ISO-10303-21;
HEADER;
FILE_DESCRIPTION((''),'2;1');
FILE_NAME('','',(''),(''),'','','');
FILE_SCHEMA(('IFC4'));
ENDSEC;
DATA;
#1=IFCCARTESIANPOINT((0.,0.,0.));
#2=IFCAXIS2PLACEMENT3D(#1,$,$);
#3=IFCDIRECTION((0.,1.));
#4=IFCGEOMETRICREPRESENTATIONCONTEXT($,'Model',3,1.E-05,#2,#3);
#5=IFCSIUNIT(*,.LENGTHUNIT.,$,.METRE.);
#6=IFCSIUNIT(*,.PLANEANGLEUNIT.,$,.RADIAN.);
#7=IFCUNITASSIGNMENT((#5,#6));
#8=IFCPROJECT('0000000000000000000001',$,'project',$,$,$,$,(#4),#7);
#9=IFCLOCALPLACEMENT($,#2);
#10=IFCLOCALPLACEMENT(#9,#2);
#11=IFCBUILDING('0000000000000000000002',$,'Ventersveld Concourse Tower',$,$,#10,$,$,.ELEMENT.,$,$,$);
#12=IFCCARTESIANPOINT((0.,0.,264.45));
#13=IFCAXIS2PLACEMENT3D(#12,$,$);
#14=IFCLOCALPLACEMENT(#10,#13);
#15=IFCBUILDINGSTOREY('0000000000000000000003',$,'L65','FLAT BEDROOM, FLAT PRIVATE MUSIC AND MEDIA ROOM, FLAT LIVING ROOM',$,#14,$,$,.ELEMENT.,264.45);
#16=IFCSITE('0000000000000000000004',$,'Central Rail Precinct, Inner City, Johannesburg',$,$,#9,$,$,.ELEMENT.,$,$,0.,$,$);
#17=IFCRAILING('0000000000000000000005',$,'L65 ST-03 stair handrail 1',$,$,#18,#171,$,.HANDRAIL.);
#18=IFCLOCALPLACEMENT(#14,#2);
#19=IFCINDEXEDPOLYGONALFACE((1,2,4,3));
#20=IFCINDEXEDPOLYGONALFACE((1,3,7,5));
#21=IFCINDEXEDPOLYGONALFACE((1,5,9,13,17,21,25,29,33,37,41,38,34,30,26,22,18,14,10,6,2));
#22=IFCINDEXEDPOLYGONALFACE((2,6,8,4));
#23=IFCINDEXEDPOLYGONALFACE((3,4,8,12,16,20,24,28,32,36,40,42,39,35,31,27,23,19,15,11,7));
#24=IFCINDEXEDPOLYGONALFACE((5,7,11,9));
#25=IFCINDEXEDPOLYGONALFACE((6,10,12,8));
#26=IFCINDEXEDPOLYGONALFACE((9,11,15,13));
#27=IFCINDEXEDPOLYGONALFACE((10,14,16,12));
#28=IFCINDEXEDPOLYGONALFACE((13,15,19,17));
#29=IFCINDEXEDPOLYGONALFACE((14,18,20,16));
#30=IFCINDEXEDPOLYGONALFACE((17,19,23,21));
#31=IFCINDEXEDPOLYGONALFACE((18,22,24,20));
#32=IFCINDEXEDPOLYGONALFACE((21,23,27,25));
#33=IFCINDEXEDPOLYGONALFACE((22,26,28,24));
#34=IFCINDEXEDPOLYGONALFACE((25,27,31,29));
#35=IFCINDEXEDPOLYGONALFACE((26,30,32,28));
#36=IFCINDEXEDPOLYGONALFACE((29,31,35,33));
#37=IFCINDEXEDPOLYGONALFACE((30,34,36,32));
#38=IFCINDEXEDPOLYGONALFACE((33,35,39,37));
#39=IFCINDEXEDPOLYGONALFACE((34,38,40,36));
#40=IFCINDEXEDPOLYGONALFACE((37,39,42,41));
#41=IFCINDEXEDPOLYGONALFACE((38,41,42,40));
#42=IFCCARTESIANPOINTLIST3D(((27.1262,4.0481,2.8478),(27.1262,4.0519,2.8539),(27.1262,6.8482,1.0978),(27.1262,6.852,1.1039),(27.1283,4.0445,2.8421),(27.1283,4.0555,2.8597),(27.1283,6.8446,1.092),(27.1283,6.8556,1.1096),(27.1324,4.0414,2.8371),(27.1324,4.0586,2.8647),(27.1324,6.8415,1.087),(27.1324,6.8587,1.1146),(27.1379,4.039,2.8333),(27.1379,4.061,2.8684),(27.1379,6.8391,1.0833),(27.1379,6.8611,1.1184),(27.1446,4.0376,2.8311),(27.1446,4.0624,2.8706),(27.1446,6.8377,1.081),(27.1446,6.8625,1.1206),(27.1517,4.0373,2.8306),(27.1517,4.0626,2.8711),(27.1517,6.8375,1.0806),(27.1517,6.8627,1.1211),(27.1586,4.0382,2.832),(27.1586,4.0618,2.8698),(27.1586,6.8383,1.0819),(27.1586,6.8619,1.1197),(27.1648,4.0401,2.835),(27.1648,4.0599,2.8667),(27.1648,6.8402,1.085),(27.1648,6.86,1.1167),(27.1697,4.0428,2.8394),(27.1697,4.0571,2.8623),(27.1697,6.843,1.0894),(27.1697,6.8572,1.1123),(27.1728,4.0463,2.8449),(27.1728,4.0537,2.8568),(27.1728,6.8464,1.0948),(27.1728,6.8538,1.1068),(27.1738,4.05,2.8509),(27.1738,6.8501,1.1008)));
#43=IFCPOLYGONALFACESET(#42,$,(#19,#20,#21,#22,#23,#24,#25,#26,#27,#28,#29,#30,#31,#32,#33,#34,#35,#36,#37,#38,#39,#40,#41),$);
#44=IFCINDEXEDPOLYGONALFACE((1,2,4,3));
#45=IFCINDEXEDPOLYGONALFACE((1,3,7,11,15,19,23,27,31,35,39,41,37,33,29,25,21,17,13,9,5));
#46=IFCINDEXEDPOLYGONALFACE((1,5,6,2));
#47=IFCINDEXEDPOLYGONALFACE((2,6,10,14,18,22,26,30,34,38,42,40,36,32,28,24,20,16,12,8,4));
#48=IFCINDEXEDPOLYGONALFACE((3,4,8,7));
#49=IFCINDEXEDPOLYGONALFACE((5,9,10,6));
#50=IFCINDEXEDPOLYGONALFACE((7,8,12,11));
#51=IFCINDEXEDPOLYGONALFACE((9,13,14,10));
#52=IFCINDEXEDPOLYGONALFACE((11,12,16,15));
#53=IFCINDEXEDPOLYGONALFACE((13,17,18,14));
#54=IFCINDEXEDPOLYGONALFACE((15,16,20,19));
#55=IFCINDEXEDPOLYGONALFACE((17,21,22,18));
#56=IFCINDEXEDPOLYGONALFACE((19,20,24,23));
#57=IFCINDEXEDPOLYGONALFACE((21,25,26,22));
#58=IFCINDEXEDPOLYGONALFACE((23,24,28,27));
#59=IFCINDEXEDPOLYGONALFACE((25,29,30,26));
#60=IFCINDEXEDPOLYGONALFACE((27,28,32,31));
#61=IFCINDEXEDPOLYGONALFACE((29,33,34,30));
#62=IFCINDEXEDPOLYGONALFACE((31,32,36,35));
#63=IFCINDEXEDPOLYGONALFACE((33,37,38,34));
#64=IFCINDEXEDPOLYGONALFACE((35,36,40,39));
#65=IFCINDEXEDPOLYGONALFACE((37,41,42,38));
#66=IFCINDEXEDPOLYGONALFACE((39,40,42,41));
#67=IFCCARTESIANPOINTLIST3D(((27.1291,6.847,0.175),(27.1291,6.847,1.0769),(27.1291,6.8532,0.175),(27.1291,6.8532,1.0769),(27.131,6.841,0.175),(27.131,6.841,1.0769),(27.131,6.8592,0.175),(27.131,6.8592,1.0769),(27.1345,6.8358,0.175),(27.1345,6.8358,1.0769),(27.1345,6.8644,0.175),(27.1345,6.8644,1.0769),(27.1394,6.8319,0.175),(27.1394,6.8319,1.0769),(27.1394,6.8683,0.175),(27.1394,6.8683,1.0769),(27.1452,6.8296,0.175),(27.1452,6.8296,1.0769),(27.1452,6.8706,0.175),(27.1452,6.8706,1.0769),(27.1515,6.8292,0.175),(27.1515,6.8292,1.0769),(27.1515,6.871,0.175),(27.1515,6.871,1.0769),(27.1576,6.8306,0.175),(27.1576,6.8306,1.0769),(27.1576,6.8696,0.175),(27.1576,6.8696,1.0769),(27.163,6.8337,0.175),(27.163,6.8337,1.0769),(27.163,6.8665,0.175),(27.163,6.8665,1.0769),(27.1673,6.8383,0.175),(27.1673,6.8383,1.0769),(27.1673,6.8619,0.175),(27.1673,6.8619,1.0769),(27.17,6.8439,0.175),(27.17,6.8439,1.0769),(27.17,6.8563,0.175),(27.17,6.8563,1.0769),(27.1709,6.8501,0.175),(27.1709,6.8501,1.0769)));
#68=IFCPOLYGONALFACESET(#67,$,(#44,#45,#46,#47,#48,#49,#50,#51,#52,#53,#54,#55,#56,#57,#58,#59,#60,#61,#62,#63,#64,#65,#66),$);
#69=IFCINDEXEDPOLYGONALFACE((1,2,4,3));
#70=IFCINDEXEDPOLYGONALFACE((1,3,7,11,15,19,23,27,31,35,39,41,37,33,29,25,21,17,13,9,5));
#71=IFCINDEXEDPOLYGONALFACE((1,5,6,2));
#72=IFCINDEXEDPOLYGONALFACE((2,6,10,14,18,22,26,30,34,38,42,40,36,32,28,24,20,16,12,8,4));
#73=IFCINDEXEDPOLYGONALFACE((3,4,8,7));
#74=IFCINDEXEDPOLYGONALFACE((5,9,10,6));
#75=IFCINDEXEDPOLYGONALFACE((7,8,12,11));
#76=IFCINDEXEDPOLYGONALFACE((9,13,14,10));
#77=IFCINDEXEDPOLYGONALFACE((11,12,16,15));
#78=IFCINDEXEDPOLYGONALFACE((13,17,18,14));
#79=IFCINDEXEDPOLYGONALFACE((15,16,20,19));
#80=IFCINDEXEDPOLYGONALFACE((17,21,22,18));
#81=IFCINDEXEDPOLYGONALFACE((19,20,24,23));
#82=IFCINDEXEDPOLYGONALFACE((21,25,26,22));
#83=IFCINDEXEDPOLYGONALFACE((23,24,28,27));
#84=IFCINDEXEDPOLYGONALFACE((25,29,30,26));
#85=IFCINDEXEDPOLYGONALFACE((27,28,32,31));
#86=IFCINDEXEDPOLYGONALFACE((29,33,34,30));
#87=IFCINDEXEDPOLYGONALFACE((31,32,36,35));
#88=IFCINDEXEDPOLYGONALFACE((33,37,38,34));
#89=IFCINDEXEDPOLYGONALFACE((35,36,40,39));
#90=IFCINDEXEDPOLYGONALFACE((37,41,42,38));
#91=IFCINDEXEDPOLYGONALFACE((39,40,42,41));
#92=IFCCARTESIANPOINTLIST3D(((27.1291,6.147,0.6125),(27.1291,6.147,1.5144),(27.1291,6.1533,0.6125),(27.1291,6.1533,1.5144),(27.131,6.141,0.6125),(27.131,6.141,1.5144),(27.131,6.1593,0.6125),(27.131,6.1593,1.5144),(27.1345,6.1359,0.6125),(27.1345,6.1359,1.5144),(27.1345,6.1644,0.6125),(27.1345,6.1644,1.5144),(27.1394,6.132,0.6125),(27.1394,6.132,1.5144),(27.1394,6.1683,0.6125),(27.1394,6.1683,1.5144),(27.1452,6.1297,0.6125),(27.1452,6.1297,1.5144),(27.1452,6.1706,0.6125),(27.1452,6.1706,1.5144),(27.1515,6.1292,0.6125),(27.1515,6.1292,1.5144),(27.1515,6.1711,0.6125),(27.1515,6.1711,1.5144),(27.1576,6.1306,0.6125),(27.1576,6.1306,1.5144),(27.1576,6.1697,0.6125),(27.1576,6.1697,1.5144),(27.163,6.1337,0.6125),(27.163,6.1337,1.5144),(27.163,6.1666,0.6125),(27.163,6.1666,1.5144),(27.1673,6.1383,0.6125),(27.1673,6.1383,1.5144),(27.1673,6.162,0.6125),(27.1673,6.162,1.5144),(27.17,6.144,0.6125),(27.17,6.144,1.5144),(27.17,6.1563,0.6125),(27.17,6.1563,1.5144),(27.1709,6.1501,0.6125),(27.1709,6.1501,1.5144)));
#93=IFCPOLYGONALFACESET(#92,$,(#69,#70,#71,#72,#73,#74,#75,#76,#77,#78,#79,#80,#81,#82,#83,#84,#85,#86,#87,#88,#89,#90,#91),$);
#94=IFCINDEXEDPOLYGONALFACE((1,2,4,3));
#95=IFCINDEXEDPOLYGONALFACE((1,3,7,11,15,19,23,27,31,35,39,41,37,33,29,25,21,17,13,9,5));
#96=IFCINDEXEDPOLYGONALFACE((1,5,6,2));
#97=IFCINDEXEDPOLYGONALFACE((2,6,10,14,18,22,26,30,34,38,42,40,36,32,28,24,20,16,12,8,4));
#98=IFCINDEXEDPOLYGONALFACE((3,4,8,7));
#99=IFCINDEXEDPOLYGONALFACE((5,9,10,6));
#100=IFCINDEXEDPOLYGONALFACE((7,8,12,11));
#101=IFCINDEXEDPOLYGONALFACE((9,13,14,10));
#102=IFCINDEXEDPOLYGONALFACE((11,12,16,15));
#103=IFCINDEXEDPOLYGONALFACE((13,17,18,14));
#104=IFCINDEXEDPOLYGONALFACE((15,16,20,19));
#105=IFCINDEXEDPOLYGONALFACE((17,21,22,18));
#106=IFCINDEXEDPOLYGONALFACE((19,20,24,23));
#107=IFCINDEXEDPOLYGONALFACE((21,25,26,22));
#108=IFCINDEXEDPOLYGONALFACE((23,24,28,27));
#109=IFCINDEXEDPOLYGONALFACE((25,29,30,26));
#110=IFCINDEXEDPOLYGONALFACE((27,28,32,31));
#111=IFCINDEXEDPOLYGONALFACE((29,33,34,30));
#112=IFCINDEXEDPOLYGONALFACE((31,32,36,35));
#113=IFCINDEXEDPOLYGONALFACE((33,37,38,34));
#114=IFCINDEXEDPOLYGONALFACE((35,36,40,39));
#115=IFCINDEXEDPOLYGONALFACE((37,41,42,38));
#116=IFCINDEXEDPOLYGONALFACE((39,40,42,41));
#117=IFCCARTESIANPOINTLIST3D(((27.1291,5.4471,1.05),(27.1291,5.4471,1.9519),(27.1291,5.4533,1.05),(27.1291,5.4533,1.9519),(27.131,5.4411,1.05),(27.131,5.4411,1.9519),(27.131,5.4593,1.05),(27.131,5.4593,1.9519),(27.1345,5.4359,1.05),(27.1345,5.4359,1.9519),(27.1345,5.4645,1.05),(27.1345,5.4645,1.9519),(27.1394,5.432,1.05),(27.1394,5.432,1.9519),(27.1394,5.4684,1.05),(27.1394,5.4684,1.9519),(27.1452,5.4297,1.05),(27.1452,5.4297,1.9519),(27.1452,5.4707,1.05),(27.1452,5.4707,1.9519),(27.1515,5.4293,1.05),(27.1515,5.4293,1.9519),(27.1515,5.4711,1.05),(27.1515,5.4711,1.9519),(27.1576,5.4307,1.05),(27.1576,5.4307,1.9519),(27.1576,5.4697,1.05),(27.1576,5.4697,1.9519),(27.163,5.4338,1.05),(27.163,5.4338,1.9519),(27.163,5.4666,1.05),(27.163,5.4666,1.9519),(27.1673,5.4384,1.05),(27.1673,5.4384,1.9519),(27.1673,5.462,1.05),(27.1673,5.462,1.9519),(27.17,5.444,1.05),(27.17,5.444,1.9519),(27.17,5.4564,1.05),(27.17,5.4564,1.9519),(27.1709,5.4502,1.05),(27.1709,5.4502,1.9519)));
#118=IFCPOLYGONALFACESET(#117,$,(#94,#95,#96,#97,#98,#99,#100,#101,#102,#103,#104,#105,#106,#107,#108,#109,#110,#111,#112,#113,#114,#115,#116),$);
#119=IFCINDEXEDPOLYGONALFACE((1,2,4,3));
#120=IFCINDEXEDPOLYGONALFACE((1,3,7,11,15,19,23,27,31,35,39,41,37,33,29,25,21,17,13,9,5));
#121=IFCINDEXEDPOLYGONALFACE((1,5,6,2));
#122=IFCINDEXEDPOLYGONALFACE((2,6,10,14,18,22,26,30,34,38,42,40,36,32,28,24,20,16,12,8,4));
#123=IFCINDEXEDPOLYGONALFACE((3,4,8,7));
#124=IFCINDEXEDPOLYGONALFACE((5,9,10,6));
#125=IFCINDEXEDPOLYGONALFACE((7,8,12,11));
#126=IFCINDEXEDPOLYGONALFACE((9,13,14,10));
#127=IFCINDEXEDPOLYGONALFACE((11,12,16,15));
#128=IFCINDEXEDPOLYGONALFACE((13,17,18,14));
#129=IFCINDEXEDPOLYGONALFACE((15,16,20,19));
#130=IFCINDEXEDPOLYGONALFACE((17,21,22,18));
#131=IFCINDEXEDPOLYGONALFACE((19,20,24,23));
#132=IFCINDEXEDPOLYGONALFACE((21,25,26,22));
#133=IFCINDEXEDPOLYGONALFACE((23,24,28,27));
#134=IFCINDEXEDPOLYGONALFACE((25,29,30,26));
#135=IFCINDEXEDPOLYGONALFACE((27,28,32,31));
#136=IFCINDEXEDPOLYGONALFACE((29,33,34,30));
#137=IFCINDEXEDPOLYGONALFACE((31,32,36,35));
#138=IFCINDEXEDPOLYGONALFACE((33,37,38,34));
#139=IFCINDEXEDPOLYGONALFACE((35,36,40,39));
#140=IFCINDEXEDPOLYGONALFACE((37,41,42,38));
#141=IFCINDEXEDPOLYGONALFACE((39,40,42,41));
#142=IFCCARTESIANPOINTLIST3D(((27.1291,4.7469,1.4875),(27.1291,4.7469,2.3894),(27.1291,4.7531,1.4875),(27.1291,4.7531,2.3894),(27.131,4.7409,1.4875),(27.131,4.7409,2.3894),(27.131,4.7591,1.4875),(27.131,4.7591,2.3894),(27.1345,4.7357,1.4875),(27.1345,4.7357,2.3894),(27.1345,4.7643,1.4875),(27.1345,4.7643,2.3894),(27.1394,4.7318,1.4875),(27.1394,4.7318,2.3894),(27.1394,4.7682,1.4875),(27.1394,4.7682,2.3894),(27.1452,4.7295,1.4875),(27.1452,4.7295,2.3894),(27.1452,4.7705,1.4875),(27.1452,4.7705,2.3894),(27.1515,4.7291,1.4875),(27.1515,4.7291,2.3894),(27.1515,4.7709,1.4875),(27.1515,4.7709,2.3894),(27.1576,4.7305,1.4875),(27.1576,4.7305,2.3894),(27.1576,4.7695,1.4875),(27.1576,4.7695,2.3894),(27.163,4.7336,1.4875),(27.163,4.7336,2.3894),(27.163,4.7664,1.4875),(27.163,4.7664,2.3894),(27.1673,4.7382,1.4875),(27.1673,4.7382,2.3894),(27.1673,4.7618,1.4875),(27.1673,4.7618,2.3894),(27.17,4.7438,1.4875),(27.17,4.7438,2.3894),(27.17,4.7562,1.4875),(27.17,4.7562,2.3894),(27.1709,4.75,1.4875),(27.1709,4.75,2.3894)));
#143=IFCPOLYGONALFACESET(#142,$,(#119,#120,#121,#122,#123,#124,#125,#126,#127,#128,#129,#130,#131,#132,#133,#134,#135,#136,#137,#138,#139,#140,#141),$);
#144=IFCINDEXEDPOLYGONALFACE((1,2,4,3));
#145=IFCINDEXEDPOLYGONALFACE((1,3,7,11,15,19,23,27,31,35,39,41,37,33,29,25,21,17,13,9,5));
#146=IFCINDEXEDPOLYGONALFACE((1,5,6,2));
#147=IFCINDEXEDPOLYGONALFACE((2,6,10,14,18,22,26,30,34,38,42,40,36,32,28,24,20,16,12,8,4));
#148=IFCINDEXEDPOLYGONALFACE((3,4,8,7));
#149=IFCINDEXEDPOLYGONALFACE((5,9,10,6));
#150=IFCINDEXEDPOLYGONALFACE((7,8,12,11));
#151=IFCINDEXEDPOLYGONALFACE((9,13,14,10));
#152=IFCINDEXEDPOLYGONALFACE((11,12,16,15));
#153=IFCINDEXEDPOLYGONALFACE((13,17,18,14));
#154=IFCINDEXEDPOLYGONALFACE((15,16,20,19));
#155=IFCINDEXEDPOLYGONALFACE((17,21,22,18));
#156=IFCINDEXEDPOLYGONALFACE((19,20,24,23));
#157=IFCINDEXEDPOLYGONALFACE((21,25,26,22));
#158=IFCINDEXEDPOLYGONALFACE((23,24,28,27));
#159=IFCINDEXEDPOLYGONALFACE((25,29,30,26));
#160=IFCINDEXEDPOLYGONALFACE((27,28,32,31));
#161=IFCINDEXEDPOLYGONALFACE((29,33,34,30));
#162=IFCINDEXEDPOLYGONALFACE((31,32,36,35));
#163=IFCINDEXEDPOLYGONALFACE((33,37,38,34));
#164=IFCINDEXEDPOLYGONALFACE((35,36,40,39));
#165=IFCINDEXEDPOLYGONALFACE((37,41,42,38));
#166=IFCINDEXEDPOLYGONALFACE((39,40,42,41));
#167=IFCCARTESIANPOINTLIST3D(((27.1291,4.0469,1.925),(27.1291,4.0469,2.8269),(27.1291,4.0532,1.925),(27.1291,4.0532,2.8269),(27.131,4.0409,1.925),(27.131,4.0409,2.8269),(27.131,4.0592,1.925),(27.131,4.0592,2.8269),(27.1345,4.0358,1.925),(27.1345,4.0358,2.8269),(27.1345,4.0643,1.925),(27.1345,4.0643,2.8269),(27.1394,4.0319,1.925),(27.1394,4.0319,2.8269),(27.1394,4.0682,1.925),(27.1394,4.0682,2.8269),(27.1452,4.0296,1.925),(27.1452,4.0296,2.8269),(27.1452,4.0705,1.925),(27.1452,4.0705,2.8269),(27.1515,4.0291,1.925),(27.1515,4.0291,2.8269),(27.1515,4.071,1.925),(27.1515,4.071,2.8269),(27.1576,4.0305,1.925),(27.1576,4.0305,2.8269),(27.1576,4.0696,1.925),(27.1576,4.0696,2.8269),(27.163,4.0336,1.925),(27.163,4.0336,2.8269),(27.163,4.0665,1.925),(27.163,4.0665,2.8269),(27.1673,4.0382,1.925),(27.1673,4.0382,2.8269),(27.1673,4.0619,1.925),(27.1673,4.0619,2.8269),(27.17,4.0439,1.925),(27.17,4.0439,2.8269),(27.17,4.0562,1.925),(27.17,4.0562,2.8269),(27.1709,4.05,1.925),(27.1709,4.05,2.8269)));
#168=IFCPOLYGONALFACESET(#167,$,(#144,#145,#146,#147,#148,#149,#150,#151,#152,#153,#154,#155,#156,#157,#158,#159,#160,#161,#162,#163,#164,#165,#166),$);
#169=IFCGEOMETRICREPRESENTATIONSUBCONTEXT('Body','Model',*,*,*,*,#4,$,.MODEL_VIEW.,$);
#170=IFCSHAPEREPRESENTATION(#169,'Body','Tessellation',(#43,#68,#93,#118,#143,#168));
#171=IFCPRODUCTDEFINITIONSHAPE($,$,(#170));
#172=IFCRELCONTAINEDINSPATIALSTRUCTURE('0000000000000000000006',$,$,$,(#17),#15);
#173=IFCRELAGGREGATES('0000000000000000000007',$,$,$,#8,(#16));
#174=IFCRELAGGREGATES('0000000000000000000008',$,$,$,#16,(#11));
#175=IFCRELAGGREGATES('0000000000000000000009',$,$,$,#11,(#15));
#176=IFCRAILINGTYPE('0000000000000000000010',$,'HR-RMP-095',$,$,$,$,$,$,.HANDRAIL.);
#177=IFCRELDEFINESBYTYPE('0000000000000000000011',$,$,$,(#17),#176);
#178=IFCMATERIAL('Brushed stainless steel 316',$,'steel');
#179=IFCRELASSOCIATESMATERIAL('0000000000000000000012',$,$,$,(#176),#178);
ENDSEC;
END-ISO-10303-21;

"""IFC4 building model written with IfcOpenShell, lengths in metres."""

from ifc_helpers import new_model, si_unit, direction, frame, origin, origin_2d, place, context, subcontext, project, spatial, circle, extrude, material, type_object, element, save


model = new_model("IFC4")

# Units and contexts
model_context = context("Model", 3, precision=1e-05, world=origin(), true_north=direction((0.0, 1.0)))
body_context = subcontext(model_context, "Body", "Model", "MODEL_VIEW")
ifc_project = project(units=[si_unit("LENGTHUNIT", "METRE"), si_unit("PLANEANGLEUNIT", "RADIAN")], contexts=[model_context])

# Site, building, storey
site_placement = place(None, origin())
site = spatial("IfcSite", under=ifc_project, at=site_placement, Name="Central Rail Precinct, Inner City, Johannesburg", CompositionType="ELEMENT", RefElevation=0.0)
building_placement = place(site_placement, origin())
building = spatial("IfcBuilding", under=site, at=building_placement, Name="Ventersveld Concourse Tower", CompositionType="ELEMENT")
storey_placement = place(building_placement, frame((0.0, 0.0, 264.45)))
storey = spatial("IfcBuildingStorey", under=building, at=storey_placement, Name="L65", Description="FLAT BEDROOM, FLAT PRIVATE MUSIC AND MEDIA ROOM, FLAT LIVING ROOM", CompositionType="ELEMENT", Elevation=264.45)

# Shared definitions
ifc_material_1 = material(Name="Brushed stainless steel 316", Category="steel")

# Railing
railing_type_1 = type_object("IfcRailingType", Name="HR-RMP-095", PredefinedType="HANDRAIL", material=ifc_material_1)
railing_1_placement = place(storey_placement, frame((27.1499, 6.8501, 0.175)))
element("IfcRailing", 1, at=railing_1_placement, inside=storey, type_object=railing_type_1, Name="L65 ST-03 stair handrail 1", PredefinedType="HANDRAIL", context=body_context, shape_type="SweptSolid", body=[
    extrude(circle(Radius=0.0239, at=origin_2d()), frame((0.0, 0.0, 0.9258), z_axis=(0.0, -0.848002, 0.529992), x_axis=(1.0, 0.0, 0.0)), (0.0, 0.0, 1.0), 3.302),
    extrude(circle(Radius=0.021, at=origin_2d()), origin(), (0.0, 0.0, 1.0), 0.9019),
    extrude(circle(Radius=0.021, at=origin_2d()), frame((0.0, -0.7, 0.4375)), (0.0, 0.0, 1.0), 0.9019),
    extrude(circle(Radius=0.021, at=origin_2d()), frame((0.0, -1.3999, 0.875)), (0.0, 0.0, 1.0), 0.9019),
    extrude(circle(Radius=0.021, at=origin_2d()), frame((0.0, -2.1001, 1.3125)), (0.0, 0.0, 1.0), 0.9019),
    extrude(circle(Radius=0.021, at=origin_2d()), frame((0.0, -2.8, 1.75)), (0.0, 0.0, 1.0), 0.9019),
])

save(model, "model.ifc")
